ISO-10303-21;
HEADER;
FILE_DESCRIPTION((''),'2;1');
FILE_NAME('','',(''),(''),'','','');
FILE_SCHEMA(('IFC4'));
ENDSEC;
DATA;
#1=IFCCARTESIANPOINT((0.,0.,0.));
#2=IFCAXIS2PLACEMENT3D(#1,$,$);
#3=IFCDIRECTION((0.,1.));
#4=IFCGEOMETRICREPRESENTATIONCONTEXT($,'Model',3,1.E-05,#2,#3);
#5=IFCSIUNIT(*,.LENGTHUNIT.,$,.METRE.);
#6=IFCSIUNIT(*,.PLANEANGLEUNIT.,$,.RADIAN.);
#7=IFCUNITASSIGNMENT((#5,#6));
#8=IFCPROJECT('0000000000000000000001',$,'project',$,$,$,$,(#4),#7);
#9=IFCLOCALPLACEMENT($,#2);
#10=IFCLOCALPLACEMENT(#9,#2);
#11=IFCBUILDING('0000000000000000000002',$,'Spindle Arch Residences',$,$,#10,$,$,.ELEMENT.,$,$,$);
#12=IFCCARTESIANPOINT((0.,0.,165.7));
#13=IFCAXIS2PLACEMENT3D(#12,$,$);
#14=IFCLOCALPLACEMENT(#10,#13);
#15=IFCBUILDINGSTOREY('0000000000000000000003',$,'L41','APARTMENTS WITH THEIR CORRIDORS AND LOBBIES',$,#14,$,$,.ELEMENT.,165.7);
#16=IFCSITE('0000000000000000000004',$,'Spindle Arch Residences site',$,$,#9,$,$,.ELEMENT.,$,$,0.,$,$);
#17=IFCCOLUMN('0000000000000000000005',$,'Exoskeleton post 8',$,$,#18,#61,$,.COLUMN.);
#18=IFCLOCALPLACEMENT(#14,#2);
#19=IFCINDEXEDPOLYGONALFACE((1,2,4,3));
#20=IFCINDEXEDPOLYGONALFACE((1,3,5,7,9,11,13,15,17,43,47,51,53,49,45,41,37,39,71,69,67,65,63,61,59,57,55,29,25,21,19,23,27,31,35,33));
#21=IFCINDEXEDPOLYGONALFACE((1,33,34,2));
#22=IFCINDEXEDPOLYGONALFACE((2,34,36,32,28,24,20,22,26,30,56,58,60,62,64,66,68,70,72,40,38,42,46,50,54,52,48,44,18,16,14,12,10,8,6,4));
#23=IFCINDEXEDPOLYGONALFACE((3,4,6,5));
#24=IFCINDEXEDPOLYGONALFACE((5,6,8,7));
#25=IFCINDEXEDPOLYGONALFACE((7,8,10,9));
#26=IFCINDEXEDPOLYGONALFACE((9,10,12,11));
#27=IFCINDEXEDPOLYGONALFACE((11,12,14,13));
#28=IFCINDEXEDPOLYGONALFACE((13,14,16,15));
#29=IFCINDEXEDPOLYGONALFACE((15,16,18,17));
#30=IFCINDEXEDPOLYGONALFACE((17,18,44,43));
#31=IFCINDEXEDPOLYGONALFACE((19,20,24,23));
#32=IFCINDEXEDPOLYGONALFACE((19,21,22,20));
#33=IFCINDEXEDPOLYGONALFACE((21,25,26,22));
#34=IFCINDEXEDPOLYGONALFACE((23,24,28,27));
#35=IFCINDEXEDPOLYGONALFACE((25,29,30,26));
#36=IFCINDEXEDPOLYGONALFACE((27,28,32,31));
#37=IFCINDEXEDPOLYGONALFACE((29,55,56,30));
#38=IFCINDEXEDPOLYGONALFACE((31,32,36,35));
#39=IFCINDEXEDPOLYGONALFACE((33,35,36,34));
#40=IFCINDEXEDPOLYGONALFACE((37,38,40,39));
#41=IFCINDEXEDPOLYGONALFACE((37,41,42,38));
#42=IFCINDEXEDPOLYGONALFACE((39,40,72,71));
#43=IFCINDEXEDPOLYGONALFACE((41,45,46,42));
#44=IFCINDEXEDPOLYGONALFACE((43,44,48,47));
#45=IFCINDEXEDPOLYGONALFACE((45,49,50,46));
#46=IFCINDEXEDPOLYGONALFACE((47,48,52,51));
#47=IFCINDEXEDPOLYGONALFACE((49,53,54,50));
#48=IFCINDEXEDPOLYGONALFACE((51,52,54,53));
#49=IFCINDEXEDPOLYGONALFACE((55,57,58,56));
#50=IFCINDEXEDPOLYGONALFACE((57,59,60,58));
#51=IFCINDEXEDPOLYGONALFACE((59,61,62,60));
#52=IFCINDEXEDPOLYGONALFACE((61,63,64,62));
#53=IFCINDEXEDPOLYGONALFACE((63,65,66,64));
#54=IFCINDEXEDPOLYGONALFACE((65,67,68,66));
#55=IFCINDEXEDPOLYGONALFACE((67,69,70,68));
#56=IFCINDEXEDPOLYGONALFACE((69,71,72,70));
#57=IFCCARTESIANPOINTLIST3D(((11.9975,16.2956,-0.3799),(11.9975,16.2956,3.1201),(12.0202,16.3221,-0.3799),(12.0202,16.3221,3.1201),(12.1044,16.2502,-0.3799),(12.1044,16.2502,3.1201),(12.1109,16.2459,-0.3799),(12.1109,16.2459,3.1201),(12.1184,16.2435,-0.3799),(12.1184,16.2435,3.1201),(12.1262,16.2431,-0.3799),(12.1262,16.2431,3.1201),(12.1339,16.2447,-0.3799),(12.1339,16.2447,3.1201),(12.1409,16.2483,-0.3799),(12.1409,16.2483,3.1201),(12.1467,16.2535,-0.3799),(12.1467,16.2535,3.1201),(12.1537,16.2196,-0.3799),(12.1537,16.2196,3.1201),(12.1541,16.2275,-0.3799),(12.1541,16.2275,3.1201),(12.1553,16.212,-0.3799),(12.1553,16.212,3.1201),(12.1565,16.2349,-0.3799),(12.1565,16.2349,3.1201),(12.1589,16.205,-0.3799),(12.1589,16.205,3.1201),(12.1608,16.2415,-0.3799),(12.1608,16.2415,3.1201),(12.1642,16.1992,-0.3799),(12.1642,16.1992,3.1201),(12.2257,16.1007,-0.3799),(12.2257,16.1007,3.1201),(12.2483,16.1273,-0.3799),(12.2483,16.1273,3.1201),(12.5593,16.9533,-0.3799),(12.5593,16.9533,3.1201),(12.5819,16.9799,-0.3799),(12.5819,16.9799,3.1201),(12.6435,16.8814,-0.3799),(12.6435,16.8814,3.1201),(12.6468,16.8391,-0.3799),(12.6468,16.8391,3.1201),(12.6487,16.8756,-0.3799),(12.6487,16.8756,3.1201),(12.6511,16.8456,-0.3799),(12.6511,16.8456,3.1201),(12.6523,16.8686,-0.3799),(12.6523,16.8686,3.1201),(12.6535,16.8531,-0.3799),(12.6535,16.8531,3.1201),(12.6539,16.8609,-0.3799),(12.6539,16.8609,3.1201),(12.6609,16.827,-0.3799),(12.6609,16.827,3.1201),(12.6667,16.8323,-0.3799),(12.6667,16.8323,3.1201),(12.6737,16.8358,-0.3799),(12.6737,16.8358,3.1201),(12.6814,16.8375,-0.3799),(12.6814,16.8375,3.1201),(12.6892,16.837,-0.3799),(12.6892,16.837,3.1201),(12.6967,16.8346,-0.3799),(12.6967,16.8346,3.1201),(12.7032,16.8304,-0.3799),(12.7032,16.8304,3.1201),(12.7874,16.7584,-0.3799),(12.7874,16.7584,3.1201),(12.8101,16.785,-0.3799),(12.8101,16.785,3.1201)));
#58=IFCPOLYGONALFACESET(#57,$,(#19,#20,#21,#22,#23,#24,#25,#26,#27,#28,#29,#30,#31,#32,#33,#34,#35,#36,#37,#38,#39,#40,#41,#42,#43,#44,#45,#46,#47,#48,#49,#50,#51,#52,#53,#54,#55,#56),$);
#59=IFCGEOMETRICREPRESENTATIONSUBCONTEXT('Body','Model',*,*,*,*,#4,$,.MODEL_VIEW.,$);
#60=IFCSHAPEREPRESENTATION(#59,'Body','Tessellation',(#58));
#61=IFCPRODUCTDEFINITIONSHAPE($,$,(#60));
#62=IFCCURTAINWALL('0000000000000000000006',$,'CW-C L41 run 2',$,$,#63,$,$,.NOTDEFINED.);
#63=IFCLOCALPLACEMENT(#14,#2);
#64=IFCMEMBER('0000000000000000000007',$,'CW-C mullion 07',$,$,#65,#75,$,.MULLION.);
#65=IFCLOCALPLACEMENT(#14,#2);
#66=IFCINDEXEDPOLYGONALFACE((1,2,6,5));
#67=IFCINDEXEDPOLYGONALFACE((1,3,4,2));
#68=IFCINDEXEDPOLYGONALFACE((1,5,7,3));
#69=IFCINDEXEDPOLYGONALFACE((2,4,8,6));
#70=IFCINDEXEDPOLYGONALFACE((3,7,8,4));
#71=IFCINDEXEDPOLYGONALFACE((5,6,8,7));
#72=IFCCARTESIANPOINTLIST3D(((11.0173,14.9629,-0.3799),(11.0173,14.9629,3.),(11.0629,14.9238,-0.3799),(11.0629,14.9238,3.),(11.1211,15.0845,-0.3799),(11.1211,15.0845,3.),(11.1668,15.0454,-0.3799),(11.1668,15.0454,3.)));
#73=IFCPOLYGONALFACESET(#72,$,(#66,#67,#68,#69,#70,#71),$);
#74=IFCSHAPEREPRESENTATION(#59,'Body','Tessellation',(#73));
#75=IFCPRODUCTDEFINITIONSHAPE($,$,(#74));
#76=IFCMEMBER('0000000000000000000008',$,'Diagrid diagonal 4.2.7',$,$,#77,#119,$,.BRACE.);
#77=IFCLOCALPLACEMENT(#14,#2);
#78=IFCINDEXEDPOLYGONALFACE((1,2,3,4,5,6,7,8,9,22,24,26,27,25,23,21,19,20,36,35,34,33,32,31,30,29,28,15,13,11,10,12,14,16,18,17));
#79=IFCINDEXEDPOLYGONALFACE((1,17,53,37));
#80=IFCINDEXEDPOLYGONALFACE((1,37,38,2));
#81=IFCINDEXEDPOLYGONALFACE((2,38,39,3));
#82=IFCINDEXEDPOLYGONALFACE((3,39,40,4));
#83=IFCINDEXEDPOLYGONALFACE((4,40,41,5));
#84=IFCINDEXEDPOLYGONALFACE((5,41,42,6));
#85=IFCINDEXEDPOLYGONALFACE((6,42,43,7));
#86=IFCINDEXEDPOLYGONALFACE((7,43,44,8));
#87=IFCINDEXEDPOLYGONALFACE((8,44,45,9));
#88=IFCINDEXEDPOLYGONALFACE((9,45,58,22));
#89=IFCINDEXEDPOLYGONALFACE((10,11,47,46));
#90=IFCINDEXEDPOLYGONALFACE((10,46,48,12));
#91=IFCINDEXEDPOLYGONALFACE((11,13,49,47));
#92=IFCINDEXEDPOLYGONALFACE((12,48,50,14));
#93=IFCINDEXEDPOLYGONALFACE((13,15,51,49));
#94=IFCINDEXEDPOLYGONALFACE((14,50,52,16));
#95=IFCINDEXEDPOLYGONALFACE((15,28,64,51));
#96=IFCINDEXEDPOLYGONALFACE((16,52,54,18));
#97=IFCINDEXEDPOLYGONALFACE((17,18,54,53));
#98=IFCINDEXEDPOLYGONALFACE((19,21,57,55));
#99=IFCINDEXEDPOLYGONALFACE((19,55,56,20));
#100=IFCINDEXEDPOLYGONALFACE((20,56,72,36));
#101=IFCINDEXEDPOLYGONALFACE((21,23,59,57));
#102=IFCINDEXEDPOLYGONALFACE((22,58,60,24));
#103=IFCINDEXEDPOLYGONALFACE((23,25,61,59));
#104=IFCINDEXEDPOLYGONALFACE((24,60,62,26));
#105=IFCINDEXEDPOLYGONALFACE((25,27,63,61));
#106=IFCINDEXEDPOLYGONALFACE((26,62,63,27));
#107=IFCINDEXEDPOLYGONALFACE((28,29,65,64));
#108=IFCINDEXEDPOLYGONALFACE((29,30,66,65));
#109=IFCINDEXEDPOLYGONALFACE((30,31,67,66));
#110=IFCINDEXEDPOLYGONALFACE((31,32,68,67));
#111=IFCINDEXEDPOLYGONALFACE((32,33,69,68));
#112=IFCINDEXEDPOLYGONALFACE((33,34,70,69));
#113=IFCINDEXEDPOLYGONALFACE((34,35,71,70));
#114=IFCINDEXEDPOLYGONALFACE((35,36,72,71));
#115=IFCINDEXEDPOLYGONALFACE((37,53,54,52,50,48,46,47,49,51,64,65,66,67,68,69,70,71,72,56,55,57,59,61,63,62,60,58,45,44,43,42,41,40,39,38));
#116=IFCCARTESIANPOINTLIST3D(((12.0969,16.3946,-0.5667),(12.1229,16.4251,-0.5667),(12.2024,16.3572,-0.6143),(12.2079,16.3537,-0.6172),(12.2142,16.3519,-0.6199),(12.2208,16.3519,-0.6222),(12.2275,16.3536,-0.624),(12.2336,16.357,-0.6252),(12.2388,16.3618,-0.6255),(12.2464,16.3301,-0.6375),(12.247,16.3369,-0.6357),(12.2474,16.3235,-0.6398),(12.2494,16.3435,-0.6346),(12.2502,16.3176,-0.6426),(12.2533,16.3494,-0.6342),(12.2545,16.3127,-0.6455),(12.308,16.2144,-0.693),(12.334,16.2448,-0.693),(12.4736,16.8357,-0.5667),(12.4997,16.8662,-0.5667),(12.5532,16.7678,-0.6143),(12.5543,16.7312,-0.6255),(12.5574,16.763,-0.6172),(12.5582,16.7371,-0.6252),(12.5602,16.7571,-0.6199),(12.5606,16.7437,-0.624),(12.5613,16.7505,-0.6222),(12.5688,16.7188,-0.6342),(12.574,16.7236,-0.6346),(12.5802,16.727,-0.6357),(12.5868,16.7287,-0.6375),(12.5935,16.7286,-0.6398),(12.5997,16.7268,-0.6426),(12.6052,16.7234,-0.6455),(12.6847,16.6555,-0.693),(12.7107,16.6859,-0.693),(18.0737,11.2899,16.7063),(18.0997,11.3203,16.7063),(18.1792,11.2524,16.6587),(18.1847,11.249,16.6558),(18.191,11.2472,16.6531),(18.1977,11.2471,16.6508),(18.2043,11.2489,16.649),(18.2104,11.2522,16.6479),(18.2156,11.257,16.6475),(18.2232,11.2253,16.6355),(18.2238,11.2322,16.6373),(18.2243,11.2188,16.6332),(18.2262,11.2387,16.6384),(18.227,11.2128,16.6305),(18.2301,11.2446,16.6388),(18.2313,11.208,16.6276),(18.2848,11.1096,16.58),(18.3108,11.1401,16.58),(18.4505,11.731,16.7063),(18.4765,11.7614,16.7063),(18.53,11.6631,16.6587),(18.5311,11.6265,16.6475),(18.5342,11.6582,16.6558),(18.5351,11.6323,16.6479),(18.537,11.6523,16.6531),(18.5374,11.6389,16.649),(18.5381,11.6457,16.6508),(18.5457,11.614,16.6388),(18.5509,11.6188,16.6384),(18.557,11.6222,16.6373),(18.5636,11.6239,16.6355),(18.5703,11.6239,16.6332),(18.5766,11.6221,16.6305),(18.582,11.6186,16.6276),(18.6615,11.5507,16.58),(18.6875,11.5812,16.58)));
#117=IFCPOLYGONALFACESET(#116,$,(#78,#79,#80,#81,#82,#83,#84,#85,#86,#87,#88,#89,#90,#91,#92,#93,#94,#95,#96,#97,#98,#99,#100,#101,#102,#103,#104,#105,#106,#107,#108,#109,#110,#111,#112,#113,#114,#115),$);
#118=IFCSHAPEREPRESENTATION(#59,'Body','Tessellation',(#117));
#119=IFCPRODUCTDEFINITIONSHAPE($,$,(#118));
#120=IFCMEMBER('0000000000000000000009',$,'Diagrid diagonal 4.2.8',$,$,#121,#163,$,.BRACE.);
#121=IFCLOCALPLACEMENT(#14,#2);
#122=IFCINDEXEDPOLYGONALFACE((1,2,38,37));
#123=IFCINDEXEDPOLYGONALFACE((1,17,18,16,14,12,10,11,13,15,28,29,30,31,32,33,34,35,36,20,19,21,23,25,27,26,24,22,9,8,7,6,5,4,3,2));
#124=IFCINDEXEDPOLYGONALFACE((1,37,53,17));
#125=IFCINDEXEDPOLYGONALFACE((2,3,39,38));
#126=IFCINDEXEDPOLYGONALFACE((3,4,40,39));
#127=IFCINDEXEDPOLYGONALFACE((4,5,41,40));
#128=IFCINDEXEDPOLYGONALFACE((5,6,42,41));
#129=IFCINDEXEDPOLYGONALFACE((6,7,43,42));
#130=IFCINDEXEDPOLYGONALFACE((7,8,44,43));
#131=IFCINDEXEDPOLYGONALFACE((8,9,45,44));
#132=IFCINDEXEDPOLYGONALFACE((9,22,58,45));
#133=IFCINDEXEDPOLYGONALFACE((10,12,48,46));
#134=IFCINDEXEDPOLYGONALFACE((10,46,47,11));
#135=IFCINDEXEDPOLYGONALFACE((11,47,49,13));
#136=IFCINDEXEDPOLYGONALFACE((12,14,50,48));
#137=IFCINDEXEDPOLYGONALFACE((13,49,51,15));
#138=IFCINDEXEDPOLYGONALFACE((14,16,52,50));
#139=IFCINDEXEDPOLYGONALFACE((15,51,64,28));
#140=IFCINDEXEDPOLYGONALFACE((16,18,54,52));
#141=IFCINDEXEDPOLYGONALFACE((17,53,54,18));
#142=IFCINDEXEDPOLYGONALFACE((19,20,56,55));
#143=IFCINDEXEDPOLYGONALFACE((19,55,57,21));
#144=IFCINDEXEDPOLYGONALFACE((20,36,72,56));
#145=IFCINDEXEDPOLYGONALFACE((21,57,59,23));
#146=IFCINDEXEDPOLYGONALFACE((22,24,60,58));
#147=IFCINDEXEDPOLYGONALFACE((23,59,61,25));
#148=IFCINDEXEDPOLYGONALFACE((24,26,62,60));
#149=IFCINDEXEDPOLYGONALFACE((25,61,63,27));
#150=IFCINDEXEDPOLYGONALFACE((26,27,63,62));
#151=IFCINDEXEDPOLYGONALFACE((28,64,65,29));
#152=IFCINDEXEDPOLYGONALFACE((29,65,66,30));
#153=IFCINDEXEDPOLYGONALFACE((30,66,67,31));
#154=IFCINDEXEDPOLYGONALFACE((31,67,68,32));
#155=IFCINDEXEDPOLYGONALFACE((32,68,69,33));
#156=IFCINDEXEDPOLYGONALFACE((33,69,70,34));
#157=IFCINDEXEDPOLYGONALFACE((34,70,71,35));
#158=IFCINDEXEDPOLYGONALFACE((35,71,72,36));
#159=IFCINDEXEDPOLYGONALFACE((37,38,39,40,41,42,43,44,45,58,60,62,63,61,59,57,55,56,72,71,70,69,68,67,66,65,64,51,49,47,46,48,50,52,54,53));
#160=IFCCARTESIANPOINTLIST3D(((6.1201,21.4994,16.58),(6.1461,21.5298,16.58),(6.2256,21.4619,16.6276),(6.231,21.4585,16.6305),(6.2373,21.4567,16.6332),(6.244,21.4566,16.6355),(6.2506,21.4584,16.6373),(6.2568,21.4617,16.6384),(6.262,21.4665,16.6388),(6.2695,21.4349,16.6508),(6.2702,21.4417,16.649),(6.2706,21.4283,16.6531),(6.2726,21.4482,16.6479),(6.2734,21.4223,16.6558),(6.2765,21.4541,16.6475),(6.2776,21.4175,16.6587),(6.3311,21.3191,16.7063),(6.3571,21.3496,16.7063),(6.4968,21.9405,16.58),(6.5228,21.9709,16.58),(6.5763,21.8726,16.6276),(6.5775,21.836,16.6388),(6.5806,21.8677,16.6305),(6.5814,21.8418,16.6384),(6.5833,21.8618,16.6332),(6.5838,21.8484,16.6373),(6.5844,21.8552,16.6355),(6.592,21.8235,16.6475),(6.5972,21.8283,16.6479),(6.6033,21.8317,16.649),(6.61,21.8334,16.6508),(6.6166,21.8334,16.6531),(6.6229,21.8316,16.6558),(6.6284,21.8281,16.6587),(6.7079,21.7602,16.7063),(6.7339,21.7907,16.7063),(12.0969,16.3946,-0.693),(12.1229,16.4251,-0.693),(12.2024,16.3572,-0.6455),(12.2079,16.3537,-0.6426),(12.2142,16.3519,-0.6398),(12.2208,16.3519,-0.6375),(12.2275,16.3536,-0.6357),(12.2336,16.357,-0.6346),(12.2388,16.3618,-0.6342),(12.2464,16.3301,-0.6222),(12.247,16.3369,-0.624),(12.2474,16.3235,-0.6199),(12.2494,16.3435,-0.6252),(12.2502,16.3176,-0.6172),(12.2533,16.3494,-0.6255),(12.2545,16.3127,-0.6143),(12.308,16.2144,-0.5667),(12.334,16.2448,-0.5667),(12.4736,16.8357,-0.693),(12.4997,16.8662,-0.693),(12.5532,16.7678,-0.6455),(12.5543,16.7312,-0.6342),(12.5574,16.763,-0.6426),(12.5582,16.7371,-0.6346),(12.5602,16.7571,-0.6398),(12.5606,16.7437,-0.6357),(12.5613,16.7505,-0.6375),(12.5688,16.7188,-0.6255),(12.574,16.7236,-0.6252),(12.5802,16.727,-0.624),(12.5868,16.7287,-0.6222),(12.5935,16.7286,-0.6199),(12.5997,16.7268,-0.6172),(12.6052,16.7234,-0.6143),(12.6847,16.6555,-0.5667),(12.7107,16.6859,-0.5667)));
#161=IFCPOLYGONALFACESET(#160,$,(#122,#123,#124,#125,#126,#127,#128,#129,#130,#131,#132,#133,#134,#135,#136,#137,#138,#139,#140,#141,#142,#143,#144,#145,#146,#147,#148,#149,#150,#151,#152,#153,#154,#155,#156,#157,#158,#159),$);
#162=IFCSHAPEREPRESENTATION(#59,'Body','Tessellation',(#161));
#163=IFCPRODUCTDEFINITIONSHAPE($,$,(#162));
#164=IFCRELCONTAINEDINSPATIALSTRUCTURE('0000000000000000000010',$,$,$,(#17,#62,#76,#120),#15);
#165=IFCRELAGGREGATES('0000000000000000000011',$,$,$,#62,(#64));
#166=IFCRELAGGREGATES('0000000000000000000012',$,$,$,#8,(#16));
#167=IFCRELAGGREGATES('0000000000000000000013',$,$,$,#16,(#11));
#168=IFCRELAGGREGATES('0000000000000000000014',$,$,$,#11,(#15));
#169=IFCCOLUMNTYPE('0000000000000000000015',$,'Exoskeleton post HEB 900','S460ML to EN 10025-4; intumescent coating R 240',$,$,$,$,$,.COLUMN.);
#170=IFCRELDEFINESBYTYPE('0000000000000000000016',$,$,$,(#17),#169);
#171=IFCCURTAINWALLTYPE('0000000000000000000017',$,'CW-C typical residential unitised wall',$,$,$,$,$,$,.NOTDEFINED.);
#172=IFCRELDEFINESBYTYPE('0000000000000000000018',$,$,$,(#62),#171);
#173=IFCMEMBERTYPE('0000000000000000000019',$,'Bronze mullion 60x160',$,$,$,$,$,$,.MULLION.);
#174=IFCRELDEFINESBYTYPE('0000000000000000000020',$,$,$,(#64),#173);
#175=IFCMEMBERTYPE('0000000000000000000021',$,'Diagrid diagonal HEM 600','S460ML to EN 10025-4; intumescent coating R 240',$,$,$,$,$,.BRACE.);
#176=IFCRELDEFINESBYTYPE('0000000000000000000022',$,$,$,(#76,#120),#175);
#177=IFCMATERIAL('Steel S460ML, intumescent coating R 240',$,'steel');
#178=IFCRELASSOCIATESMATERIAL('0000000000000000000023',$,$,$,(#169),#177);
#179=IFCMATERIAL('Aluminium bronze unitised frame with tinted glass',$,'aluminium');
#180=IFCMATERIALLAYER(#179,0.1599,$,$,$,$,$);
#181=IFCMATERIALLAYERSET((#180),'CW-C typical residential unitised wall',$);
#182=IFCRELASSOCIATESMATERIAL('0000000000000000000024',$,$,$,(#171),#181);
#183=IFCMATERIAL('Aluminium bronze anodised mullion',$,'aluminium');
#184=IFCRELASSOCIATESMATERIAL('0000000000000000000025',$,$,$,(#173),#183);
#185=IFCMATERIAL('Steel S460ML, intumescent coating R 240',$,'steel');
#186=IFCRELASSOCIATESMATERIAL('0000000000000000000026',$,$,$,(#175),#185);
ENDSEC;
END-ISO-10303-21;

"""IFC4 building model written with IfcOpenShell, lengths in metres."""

from ifc_helpers import new_model, si_unit, direction, frame, origin, origin_2d, place, context, subcontext, project, spatial, rectangle, i_section, extrude, material, layer, layer_set, material_profile, profile_set, type_object, element, aggregate, save


model = new_model("IFC4")

# Units and contexts
model_context = context("Model", 3, precision=1e-05, world=origin(), true_north=direction((0.0, 1.0)))
body_context = subcontext(model_context, "Body", "Model", "MODEL_VIEW")
ifc_project = project(units=[si_unit("LENGTHUNIT", "METRE"), si_unit("PLANEANGLEUNIT", "RADIAN")], contexts=[model_context])

# Site, building, storey
site_placement = place(None, origin())
site = spatial("IfcSite", under=ifc_project, at=site_placement, Name="Spindle Arch Residences site", CompositionType="ELEMENT", RefElevation=0.0)
building_placement = place(site_placement, origin())
building = spatial("IfcBuilding", under=site, at=building_placement, Name="Spindle Arch Residences", CompositionType="ELEMENT")
storey_placement = place(building_placement, frame((0.0, 0.0, 165.7)))
storey = spatial("IfcBuildingStorey", under=building, at=storey_placement, Name="L41", Description="APARTMENTS WITH THEIR CORRIDORS AND LOBBIES", CompositionType="ELEMENT", Elevation=165.7)

# Column
ifc_material_1 = material(Name="Steel S460ML, intumescent coating R 240", Category="steel")
ifc_material_profile_1 = material_profile(ifc_material_1, i_section(OverallWidth=0.3, OverallDepth=0.8999, WebThickness=0.0186, FlangeThickness=0.0349, FilletRadius=0.03, at=origin_2d()), Name="HEB 900")
ifc_profile_set_1 = profile_set([ifc_material_profile_1], Name="Steel S460ML, intumescent coating R 240")
column_type = type_object("IfcColumnType", Name="Exoskeleton post HEB 900", Description="S460ML to EN 10025-4; intumescent coating R 240", PredefinedType="COLUMN", material=ifc_profile_set_1)
column_placement = place(storey_placement, frame((12.4038, 16.5403, -0.3799), z_axis=(0.0, 0.0, 1.0), x_axis=(0.760406, -0.649448, 0.0)))
element("IfcColumn", 1, at=column_placement, inside=storey, type_object=column_type, Name="Exoskeleton post 8", PredefinedType="COLUMN", context=body_context, shape_type="SweptSolid", body=[
    extrude(i_section(OverallWidth=0.3, OverallDepth=0.8999, WebThickness=0.0186, FlangeThickness=0.0349, FilletRadius=0.03, at=origin_2d()), origin(), (0.0, 0.0, 1.0), 3.5),
])

# Curtain wall, member
ifc_material_2 = material(Name="Aluminium bronze unitised frame with tinted glass", Category="aluminium")
ifc_layer_1 = layer(ifc_material_2, 0.1599)
ifc_layer_set_1 = layer_set([ifc_layer_1], Name="CW-C typical residential unitised wall")
curtain_wall_type = type_object("IfcCurtainWallType", Name="CW-C typical residential unitised wall", PredefinedType="NOTDEFINED", material=ifc_layer_set_1)
curtain_wall_placement = place(storey_placement, origin())
curtain_wall = element("IfcCurtainWall", 2, at=curtain_wall_placement, inside=storey, type_object=curtain_wall_type, Name="CW-C L41 run 2", PredefinedType="NOTDEFINED")
ifc_material_3 = material(Name="Aluminium bronze anodised mullion", Category="aluminium")
ifc_material_profile_2 = material_profile(ifc_material_3, rectangle(XDim=0.1599, YDim=0.0601, at=origin_2d()), Name="MU 60x160")
ifc_profile_set_2 = profile_set([ifc_material_profile_2], Name="Aluminium bronze anodised mullion")
member_type_1 = type_object("IfcMemberType", Name="Bronze mullion 60x160", PredefinedType="MULLION", material=ifc_profile_set_2)
member_placement = place(storey_placement, frame((11.092, 15.0042, -0.3799), z_axis=(0.0, 0.0, 1.0), x_axis=(-0.649448, -0.760406, 0.0)))
member = element("IfcMember", 3, at=member_placement, type_object=member_type_1, Name="CW-C mullion 07", PredefinedType="MULLION", context=body_context, shape_type="SweptSolid", body=[
    extrude(rectangle(XDim=0.1599, YDim=0.0601, at=origin_2d()), origin(), (0.0, 0.0, 1.0), 3.3799),
])

# Members
ifc_material_4 = material(Name="Steel S460ML, intumescent coating R 240", Category="steel")
ifc_material_profile_3 = material_profile(ifc_material_4, i_section(OverallWidth=0.3049, OverallDepth=0.6201, WebThickness=0.021, FlangeThickness=0.04, FilletRadius=0.0271, at=origin_2d()), Name="HEM 600")
ifc_profile_set_3 = profile_set([ifc_material_profile_3], Name="Steel S460ML, intumescent coating R 240")
member_type_2 = type_object("IfcMemberType", Name="Diagrid diagonal HEM 600", Description="S460ML to EN 10025-4; intumescent coating R 240", PredefinedType="BRACE", material=ifc_profile_set_3)
for number, where, z_axis, x_axis, name in (
    (4, (12.4038, 16.5403, -0.6299), (0.314946, -0.268993, 0.910193), (-0.692113, 0.591127, 0.414184), "Diagrid diagonal 4.2.7"),
    (5, (12.4038, 16.5403, -0.6299), (-0.314946, 0.268993, 0.910193), (0.692113, -0.591127, 0.414184), "Diagrid diagonal 4.2.8"),
):
    element("IfcMember", number, at=place(storey_placement, frame(where, z_axis=z_axis, x_axis=x_axis)), inside=storey, type_object=member_type_2, Name=name, PredefinedType="BRACE", context=body_context, shape_type="SweptSolid", body=[
        extrude(i_section(OverallWidth=0.3049, OverallDepth=0.6201, WebThickness=0.021, FlangeThickness=0.04, FilletRadius=0.0271, at=origin_2d()), origin(), (0.0, 0.0, 1.0), 18.9773),
    ])

aggregate(curtain_wall, [member])

save(model, "model.ifc")
